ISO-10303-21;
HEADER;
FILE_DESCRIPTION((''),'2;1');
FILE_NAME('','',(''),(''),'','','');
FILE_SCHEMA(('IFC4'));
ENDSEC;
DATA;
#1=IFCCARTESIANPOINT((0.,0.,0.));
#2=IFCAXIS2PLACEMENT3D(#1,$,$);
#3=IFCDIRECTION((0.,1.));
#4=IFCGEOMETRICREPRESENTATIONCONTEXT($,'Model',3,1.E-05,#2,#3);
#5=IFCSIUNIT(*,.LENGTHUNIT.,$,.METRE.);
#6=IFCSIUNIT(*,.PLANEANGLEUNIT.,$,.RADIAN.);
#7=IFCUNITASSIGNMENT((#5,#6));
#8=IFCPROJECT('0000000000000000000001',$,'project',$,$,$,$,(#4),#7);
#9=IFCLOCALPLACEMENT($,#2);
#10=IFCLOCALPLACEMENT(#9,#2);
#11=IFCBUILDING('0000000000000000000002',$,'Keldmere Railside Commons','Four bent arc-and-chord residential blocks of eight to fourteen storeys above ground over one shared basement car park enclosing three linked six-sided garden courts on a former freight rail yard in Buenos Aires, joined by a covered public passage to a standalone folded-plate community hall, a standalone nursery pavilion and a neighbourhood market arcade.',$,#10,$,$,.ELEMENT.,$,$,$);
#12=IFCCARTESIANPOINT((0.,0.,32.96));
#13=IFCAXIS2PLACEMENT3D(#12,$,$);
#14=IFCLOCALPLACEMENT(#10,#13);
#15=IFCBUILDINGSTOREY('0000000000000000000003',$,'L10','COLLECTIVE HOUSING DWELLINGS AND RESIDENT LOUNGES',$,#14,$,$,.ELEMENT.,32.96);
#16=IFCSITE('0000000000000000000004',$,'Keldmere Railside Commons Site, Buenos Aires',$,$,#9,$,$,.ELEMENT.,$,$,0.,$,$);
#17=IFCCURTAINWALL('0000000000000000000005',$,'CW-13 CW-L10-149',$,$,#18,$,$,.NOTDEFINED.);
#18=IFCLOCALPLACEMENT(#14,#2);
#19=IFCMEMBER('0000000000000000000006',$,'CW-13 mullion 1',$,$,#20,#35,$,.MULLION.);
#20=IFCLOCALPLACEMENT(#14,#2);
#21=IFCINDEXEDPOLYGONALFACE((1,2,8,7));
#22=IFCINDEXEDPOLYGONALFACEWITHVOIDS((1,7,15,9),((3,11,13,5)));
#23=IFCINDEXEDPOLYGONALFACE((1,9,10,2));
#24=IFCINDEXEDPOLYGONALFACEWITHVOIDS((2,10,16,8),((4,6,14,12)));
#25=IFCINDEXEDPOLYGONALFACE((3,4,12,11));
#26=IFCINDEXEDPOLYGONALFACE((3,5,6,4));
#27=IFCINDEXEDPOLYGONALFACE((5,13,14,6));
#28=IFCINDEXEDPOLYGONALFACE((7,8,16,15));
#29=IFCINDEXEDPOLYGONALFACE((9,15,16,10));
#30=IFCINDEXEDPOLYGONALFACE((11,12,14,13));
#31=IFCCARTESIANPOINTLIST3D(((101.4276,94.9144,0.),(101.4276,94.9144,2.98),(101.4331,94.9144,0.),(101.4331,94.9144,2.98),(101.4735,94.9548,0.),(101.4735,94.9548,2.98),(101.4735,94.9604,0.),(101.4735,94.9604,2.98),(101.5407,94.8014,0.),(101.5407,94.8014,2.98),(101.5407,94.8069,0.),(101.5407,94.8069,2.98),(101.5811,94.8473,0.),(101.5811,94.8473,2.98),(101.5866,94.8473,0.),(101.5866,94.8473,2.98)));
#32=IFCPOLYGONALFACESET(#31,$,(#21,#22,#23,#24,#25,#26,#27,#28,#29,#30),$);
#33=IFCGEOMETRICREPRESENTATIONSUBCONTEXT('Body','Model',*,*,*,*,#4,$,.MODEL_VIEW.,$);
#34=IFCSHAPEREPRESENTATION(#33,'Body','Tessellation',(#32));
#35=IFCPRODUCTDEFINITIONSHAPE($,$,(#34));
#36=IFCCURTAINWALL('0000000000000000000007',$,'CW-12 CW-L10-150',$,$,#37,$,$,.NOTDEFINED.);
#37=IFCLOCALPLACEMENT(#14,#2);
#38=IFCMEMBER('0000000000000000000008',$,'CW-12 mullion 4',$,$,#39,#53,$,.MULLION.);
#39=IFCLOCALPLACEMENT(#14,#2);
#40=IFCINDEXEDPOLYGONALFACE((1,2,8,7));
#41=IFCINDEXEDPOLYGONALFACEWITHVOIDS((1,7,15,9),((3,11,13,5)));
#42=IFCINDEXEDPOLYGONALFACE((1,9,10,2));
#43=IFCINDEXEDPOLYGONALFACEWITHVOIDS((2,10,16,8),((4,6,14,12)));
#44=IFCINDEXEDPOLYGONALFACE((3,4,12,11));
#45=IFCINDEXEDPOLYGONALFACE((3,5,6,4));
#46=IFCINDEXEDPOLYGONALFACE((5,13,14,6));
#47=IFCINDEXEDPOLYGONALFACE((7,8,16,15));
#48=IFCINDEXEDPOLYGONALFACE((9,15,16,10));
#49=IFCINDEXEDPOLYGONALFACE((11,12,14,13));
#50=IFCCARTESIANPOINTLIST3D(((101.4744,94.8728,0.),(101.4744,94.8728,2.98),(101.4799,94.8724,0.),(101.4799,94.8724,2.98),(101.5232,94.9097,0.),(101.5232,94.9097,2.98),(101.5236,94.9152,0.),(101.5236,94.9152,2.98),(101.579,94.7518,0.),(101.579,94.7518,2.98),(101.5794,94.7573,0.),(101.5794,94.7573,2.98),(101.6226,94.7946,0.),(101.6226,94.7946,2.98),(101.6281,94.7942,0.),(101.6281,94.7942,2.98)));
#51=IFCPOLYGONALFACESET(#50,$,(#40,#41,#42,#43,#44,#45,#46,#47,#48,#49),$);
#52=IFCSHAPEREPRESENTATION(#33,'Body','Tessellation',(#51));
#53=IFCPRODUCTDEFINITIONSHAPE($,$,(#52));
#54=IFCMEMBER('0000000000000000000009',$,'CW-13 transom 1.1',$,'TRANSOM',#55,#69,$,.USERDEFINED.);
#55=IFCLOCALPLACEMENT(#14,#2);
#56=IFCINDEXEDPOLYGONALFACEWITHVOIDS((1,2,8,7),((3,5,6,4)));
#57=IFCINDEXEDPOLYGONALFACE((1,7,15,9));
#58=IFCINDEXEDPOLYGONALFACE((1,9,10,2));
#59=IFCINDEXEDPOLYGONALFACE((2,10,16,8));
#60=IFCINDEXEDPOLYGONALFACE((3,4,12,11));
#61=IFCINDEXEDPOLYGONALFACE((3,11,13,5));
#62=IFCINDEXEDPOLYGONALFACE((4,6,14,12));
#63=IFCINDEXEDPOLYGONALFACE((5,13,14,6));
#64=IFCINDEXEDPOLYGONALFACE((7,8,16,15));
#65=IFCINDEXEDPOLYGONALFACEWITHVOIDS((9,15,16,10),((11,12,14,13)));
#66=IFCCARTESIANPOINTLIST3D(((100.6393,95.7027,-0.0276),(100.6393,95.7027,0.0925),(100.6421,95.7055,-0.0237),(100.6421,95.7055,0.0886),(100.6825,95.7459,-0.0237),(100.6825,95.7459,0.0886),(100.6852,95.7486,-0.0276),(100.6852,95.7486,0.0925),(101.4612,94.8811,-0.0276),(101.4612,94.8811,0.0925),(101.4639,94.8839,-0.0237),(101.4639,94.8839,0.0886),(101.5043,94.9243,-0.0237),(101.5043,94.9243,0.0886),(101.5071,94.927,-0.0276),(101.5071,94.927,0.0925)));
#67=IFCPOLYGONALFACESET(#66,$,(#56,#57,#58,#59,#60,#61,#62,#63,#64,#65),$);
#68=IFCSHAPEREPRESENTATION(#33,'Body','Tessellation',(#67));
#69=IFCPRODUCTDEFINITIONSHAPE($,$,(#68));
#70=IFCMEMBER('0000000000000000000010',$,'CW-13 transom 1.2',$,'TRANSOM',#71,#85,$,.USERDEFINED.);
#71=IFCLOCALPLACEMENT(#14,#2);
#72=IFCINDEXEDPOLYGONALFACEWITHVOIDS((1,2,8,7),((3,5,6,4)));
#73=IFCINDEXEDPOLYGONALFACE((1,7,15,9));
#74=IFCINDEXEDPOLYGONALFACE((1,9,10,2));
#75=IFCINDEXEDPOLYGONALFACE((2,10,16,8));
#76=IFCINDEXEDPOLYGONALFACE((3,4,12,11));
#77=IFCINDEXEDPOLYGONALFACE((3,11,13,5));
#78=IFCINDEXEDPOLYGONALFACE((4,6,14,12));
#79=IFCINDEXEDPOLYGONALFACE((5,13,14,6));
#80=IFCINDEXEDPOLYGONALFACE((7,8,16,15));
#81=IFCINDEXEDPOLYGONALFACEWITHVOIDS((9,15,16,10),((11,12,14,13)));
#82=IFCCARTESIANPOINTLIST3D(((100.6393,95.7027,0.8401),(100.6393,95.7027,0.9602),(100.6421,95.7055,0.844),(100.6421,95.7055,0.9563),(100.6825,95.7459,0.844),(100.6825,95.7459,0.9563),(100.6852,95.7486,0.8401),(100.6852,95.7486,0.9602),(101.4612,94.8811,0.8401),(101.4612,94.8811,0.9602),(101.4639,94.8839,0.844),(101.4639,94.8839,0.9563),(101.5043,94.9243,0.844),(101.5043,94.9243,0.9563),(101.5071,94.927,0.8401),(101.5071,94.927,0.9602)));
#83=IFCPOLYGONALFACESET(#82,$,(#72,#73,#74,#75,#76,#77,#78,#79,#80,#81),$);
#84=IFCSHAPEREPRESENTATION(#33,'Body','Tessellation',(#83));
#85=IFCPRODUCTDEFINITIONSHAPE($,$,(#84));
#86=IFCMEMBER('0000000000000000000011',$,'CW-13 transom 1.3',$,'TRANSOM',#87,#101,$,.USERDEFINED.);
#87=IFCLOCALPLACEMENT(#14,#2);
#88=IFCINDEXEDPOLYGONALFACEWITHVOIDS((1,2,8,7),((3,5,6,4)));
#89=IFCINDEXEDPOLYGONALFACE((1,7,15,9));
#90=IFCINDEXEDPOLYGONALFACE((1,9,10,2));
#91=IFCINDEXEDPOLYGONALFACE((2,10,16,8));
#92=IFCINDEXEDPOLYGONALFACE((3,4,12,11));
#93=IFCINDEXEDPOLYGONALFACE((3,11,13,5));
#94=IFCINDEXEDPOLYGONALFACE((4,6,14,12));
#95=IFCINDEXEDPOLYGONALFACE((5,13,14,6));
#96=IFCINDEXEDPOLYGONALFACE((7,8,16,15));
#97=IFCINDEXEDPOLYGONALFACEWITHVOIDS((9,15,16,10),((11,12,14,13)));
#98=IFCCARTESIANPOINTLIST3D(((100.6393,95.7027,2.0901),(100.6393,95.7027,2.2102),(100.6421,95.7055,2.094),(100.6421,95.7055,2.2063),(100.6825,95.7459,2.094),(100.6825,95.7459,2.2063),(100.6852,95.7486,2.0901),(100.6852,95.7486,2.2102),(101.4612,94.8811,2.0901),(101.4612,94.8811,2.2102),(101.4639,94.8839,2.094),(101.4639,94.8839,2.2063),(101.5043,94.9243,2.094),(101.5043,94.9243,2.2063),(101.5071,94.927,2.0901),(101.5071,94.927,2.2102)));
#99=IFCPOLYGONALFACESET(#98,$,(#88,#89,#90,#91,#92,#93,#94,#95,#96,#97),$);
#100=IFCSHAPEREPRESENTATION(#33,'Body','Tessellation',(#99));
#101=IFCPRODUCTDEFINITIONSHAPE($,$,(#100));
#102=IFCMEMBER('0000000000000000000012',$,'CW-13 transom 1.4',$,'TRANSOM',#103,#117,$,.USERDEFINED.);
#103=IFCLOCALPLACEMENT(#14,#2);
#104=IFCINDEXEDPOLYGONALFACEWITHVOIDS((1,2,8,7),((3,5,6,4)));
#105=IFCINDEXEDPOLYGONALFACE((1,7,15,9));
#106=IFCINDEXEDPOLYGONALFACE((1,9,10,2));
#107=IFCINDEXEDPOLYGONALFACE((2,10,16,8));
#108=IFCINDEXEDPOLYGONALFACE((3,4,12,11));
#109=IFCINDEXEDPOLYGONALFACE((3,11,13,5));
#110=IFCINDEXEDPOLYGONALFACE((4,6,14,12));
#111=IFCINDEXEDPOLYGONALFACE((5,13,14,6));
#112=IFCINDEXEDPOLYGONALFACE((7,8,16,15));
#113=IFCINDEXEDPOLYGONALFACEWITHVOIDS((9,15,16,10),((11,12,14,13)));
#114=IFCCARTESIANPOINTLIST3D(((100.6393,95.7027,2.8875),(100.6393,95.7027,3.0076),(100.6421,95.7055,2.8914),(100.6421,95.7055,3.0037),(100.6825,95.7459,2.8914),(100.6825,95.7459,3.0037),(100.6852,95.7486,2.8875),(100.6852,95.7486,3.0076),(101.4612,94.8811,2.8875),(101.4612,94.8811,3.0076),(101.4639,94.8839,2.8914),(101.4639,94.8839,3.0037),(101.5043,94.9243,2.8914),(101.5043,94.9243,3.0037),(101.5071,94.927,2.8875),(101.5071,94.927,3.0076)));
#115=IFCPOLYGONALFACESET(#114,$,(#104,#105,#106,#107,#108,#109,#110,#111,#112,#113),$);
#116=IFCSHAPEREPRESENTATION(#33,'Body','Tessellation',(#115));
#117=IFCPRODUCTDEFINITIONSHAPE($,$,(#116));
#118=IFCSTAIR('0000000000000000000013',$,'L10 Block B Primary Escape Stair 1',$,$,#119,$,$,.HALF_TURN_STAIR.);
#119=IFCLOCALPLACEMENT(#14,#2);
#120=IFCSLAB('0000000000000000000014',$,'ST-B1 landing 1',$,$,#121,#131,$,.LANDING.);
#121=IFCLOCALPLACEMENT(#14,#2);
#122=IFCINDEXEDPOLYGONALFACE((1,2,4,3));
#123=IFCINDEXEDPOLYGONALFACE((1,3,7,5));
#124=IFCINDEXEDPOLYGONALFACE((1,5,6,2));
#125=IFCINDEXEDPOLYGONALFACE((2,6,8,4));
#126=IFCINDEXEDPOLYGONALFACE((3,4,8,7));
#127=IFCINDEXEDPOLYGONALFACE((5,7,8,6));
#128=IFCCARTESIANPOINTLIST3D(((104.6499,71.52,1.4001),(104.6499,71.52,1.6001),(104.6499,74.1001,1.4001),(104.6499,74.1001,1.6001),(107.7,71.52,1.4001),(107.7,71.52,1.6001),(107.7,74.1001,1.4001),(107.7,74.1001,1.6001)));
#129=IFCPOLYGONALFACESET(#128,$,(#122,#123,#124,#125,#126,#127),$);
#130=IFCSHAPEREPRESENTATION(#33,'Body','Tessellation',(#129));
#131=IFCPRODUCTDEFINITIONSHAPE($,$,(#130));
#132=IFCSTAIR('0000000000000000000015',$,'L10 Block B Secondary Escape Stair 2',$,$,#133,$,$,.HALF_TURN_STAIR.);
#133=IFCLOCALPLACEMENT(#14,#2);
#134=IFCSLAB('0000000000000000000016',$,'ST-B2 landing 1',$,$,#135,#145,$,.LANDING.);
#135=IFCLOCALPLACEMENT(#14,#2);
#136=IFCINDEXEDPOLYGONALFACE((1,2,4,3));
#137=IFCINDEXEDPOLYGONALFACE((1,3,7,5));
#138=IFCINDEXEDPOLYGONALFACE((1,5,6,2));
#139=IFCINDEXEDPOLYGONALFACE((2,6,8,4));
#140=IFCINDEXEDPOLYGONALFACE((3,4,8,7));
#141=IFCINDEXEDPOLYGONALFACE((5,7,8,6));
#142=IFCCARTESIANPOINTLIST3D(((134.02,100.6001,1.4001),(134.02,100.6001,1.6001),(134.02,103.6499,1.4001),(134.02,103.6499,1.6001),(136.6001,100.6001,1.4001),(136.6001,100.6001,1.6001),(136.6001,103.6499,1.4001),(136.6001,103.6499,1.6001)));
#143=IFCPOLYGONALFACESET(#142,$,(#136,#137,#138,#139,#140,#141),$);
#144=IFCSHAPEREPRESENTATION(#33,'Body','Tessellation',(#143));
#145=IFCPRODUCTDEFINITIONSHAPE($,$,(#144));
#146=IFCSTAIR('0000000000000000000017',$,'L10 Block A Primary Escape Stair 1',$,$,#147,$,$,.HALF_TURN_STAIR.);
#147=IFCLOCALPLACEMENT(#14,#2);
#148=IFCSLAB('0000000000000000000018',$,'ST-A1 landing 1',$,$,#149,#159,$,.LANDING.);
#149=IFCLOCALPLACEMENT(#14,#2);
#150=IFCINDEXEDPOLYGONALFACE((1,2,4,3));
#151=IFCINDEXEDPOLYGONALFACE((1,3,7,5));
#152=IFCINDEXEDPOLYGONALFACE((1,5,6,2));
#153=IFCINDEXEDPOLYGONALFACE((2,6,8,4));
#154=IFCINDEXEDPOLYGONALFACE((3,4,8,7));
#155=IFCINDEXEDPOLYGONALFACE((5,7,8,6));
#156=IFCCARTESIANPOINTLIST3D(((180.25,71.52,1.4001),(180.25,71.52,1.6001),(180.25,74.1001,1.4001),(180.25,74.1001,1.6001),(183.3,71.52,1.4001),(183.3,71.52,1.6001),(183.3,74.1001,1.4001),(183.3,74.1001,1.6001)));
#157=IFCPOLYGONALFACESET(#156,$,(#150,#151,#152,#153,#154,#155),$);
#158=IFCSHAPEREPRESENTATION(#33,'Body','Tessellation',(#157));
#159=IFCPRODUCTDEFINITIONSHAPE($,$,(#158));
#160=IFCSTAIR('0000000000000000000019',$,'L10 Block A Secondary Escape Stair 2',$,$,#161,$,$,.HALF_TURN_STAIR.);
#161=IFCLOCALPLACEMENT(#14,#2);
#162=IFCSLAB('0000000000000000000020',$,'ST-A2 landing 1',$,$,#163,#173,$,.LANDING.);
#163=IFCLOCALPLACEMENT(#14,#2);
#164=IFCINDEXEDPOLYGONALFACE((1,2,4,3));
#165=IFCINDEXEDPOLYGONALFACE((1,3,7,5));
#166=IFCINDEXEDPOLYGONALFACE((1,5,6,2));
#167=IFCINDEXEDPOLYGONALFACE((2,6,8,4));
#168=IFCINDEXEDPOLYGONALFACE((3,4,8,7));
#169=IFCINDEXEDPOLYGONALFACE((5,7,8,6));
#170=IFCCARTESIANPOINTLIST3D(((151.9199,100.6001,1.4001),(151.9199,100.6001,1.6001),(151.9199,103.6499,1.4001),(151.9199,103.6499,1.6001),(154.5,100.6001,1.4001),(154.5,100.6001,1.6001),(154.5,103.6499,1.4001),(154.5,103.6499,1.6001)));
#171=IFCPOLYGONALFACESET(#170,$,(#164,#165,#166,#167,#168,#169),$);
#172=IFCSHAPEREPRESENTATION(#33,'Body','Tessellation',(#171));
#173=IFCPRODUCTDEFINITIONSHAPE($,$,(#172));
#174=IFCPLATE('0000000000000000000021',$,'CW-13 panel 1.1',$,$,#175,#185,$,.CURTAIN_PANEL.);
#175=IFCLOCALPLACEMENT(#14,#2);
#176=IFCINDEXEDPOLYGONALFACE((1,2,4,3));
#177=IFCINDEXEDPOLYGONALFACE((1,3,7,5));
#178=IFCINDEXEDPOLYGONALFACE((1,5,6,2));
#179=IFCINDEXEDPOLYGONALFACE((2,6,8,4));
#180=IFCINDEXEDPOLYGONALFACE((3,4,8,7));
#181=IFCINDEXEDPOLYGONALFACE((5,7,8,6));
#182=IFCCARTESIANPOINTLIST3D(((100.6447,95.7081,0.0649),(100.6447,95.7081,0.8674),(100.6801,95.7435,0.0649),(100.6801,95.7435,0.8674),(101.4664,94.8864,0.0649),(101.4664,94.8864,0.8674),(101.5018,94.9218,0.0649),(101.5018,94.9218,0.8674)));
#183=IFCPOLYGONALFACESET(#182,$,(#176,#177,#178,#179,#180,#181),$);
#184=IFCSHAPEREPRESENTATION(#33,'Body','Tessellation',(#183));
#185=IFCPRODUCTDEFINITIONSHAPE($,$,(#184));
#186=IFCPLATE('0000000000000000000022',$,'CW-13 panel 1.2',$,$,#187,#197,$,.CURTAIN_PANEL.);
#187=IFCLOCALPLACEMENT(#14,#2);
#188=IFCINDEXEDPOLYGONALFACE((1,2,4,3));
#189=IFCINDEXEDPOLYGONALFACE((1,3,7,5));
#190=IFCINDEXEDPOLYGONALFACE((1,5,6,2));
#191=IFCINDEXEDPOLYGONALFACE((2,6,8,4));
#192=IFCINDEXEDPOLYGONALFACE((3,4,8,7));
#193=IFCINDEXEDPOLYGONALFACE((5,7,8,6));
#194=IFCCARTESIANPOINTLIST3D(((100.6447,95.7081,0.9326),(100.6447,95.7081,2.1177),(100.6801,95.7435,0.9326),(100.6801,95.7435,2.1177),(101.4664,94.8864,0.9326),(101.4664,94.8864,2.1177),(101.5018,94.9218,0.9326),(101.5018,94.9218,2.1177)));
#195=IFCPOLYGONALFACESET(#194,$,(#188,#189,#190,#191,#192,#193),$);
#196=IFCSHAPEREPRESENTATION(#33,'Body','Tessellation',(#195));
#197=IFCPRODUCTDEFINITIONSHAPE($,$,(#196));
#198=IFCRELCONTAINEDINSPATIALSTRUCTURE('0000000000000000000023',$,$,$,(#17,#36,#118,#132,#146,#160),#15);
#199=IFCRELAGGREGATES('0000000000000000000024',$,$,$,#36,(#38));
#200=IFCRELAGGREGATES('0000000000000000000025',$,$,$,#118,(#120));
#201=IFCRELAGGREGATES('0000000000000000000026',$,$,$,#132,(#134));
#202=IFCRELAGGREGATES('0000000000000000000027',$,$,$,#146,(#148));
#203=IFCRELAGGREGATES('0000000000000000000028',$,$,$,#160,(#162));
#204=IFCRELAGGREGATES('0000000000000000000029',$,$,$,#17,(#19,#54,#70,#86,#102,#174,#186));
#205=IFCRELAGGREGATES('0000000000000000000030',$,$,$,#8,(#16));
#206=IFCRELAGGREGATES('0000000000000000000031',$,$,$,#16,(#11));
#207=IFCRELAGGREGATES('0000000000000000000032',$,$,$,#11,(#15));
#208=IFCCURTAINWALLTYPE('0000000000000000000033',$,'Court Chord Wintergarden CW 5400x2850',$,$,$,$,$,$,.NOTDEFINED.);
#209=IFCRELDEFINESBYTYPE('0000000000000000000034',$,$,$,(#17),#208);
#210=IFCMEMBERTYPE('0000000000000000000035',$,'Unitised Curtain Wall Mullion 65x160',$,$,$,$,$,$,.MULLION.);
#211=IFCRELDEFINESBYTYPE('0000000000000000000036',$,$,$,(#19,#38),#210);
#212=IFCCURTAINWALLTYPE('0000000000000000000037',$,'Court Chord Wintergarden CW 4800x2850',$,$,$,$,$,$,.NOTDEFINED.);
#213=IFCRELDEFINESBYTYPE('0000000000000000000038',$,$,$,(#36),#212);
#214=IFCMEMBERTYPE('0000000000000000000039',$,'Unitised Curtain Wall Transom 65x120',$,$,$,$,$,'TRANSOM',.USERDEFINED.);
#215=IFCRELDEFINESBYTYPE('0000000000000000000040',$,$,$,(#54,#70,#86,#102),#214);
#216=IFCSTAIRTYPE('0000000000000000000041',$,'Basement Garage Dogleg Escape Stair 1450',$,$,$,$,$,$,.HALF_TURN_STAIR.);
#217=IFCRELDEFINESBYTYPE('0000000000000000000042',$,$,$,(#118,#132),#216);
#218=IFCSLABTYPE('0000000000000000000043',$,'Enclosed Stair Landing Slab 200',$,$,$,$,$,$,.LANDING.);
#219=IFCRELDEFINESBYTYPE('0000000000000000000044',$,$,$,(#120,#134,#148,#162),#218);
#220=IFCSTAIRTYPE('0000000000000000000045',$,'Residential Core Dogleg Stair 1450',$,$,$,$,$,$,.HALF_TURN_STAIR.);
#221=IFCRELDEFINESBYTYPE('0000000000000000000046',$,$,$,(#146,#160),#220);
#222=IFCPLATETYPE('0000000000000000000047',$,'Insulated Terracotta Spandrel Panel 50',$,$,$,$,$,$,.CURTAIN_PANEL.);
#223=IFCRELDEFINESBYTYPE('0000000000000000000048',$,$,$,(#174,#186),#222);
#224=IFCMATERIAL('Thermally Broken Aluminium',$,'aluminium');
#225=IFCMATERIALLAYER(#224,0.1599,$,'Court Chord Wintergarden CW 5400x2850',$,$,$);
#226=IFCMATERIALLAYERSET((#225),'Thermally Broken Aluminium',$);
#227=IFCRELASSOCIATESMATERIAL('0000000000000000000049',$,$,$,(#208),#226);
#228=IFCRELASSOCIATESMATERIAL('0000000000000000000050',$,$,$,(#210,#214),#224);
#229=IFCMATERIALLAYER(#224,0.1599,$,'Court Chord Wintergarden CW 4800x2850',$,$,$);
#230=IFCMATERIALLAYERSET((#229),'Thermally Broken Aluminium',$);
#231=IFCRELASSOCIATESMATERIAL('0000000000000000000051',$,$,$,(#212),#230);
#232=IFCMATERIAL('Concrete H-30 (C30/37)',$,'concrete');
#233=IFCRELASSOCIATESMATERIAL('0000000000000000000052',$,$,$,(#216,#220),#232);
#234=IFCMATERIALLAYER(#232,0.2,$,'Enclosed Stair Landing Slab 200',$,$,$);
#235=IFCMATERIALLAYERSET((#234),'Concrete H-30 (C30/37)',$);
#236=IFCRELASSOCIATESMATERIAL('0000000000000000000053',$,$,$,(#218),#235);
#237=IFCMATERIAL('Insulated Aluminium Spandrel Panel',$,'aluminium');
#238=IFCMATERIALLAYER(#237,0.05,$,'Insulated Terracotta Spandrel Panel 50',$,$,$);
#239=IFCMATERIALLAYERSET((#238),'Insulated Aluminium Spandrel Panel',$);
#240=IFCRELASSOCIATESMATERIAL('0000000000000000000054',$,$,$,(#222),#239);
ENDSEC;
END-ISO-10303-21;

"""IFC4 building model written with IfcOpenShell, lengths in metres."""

from ifc_helpers import new_model, si_unit, direction, frame, origin, origin_2d, place, context, subcontext, project, spatial, polyline, rectangle, hollow_rectangle, outline, extrude, material, layer, layer_set, material_profile, profile_set, type_object, element, aggregate, save


model = new_model("IFC4")

# Units and contexts
model_context = context("Model", 3, precision=1e-05, world=origin(), true_north=direction((0.0, 1.0)))
body_context = subcontext(model_context, "Body", "Model", "MODEL_VIEW")
ifc_project = project(units=[si_unit("LENGTHUNIT", "METRE"), si_unit("PLANEANGLEUNIT", "RADIAN")], contexts=[model_context])

# Site, building, storey
site_placement = place(None, origin())
site = spatial("IfcSite", under=ifc_project, at=site_placement, Name="Keldmere Railside Commons Site, Buenos Aires", CompositionType="ELEMENT", RefElevation=0.0)
building_placement = place(site_placement, origin())
building = spatial("IfcBuilding", under=site, at=building_placement, Name="Keldmere Railside Commons", Description="Four bent arc-and-chord residential blocks of eight to fourteen storeys above ground over one shared basement car park enclosing three linked six-sided garden courts on a former freight rail yard in Buenos Aires, joined by a covered public passage to a standalone folded-plate community hall, a standalone nursery pavilion and a neighbourhood market arcade.", CompositionType="ELEMENT")
storey_placement = place(building_placement, frame((0.0, 0.0, 32.96)))
storey = spatial("IfcBuildingStorey", under=building, at=storey_placement, Name="L10", Description="COLLECTIVE HOUSING DWELLINGS AND RESIDENT LOUNGES", CompositionType="ELEMENT", Elevation=32.96)

# Curtain walls, members
ifc_material_1 = material(Name="Thermally Broken Aluminium", Category="aluminium")
ifc_layer_1 = layer(ifc_material_1, 0.1599, Name="Court Chord Wintergarden CW 5400x2850")
ifc_layer_set_1 = layer_set([ifc_layer_1], Name="Thermally Broken Aluminium")
curtain_wall_type_1 = type_object("IfcCurtainWallType", Name="Court Chord Wintergarden CW 5400x2850", PredefinedType="NOTDEFINED", material=ifc_layer_set_1)
curtain_wall_1_placement = place(storey_placement, origin())
curtain_wall_1 = element("IfcCurtainWall", 1, at=curtain_wall_1_placement, inside=storey, type_object=curtain_wall_type_1, Name="CW-13 CW-L10-149", PredefinedType="NOTDEFINED")
ifc_material_profile_1 = material_profile(ifc_material_1, hollow_rectangle(XDim=0.0649, YDim=0.1599, WallThickness=0.0039, at=origin_2d()), Name="ALU-MULL-65x160")
ifc_profile_set_1 = profile_set([ifc_material_profile_1], Name="Thermally Broken Aluminium")
member_type_1 = type_object("IfcMemberType", Name="Unitised Curtain Wall Mullion 65x160", PredefinedType="MULLION", material=ifc_profile_set_1)
member_1_placement = place(storey_placement, frame((101.5071, 94.8809, 0.0), z_axis=(0.0, 0.0, 1.0), x_axis=(-0.707107, -0.707107, 0.0)))
member_1 = element("IfcMember", 2, at=member_1_placement, type_object=member_type_1, Name="CW-13 mullion 1", PredefinedType="MULLION", context=body_context, shape_type="SweptSolid", body=[
    extrude(hollow_rectangle(XDim=0.0649, YDim=0.1599, WallThickness=0.0039, at=origin_2d()), origin(), (0.0, 0.0, 1.0), 2.98),
])
ifc_layer_2 = layer(ifc_material_1, 0.1599, Name="Court Chord Wintergarden CW 4800x2850")
ifc_layer_set_2 = layer_set([ifc_layer_2], Name="Thermally Broken Aluminium")
curtain_wall_type_2 = type_object("IfcCurtainWallType", Name="Court Chord Wintergarden CW 4800x2850", PredefinedType="NOTDEFINED", material=ifc_layer_set_2)
curtain_wall_2_placement = place(storey_placement, origin())
curtain_wall_2 = element("IfcCurtainWall", 3, at=curtain_wall_2_placement, inside=storey, type_object=curtain_wall_type_2, Name="CW-12 CW-L10-150", PredefinedType="NOTDEFINED")
member_2_placement = place(storey_placement, frame((101.5513, 94.8335, 0.0), z_axis=(0.0, 0.0, 1.0), x_axis=(-0.756597, -0.653882, 0.0)))
member_2 = element("IfcMember", 4, at=member_2_placement, type_object=member_type_1, Name="CW-12 mullion 4", PredefinedType="MULLION", context=body_context, shape_type="SweptSolid", body=[
    extrude(hollow_rectangle(XDim=0.0649, YDim=0.1599, WallThickness=0.0039, at=origin_2d()), origin(), (0.0, 0.0, 1.0), 2.98),
])
aggregate(curtain_wall_2, [member_2])

# Members
ifc_material_profile_2 = material_profile(ifc_material_1, hollow_rectangle(XDim=0.0649, YDim=0.1201, WallThickness=0.0039, at=origin_2d()), Name="ALU-TRAN-65x120")
ifc_profile_set_2 = profile_set([ifc_material_profile_2], Name="Thermally Broken Aluminium")
member_type_2 = type_object("IfcMemberType", Name="Unitised Curtain Wall Transom 65x120", ElementType="TRANSOM", PredefinedType="USERDEFINED", material=ifc_profile_set_2)
member_3_placement = place(storey_placement, frame((101.4841, 94.9041, 0.0325), z_axis=(-0.707212, 0.707002, 0.0), x_axis=(-0.707002, -0.707212, 0.0)))
member_3 = element("IfcMember", 5, at=member_3_placement, type_object=member_type_2, Name="CW-13 transom 1.1", ObjectType="TRANSOM", PredefinedType="USERDEFINED", context=body_context, shape_type="SweptSolid", body=[
    extrude(hollow_rectangle(XDim=0.0649, YDim=0.1201, WallThickness=0.0039, at=origin_2d()), origin(), (0.0, 0.0, 1.0), 1.1621),
])
member_4_placement = place(storey_placement, frame((101.4841, 94.9041, 0.9001), z_axis=(-0.707212, 0.707002, 0.0), x_axis=(-0.707002, -0.707212, 0.0)))
member_4 = element("IfcMember", 6, at=member_4_placement, type_object=member_type_2, Name="CW-13 transom 1.2", ObjectType="TRANSOM", PredefinedType="USERDEFINED", context=body_context, shape_type="SweptSolid", body=[
    extrude(hollow_rectangle(XDim=0.0649, YDim=0.1201, WallThickness=0.0039, at=origin_2d()), origin(), (0.0, 0.0, 1.0), 1.1621),
])
member_5_placement = place(storey_placement, frame((101.4841, 94.9041, 2.1501), z_axis=(-0.707212, 0.707002, 0.0), x_axis=(-0.707002, -0.707212, 0.0)))
member_5 = element("IfcMember", 7, at=member_5_placement, type_object=member_type_2, Name="CW-13 transom 1.3", ObjectType="TRANSOM", PredefinedType="USERDEFINED", context=body_context, shape_type="SweptSolid", body=[
    extrude(hollow_rectangle(XDim=0.0649, YDim=0.1201, WallThickness=0.0039, at=origin_2d()), origin(), (0.0, 0.0, 1.0), 1.1621),
])
member_6_placement = place(storey_placement, frame((101.4841, 94.9041, 2.9475), z_axis=(-0.707212, 0.707002, 0.0), x_axis=(-0.707002, -0.707212, 0.0)))
member_6 = element("IfcMember", 8, at=member_6_placement, type_object=member_type_2, Name="CW-13 transom 1.4", ObjectType="TRANSOM", PredefinedType="USERDEFINED", context=body_context, shape_type="SweptSolid", body=[
    extrude(hollow_rectangle(XDim=0.0649, YDim=0.1201, WallThickness=0.0039, at=origin_2d()), origin(), (0.0, 0.0, 1.0), 1.1621),
])

# Stairs, slabs
ifc_material_2 = material(Name="Concrete H-30 (C30/37)", Category="concrete")
stair_type_1 = type_object("IfcStairType", Name="Basement Garage Dogleg Escape Stair 1450", PredefinedType="HALF_TURN_STAIR", material=ifc_material_2)
stair_1_placement = place(storey_placement, origin())
stair_1 = element("IfcStair", 9, at=stair_1_placement, inside=storey, type_object=stair_type_1, Name="L10 Block B Primary Escape Stair 1", PredefinedType="HALF_TURN_STAIR")
ifc_layer_3 = layer(ifc_material_2, 0.2, Name="Enclosed Stair Landing Slab 200")
ifc_layer_set_3 = layer_set([ifc_layer_3], Name="Concrete H-30 (C30/37)")
slab_type = type_object("IfcSlabType", Name="Enclosed Stair Landing Slab 200", PredefinedType="LANDING", material=ifc_layer_set_3)
slab_1_placement = place(storey_placement, frame((0.0, 0.0, 1.4001)))
slab_1 = element("IfcSlab", 10, at=slab_1_placement, type_object=slab_type, Name="ST-B1 landing 1", PredefinedType="LANDING", context=body_context, shape_type="SweptSolid", body=[
    extrude(outline(polyline([(107.7, 71.52), (107.7, 74.1001), (104.6499, 74.1001), (104.6499, 71.52), (107.7, 71.52)])), origin(), (0.0, 0.0, 1.0), 0.2),
])
aggregate(stair_1, [slab_1])
stair_2_placement = place(storey_placement, origin())
stair_2 = element("IfcStair", 11, at=stair_2_placement, inside=storey, type_object=stair_type_1, Name="L10 Block B Secondary Escape Stair 2", PredefinedType="HALF_TURN_STAIR")
slab_2_placement = place(storey_placement, frame((0.0, 0.0, 1.4001)))
slab_2 = element("IfcSlab", 12, at=slab_2_placement, type_object=slab_type, Name="ST-B2 landing 1", PredefinedType="LANDING", context=body_context, shape_type="SweptSolid", body=[
    extrude(outline(polyline([(134.02, 100.6001), (136.6001, 100.6001), (136.6001, 103.6499), (134.02, 103.6499), (134.02, 100.6001)])), origin(), (0.0, 0.0, 1.0), 0.2),
])
aggregate(stair_2, [slab_2])
stair_type_2 = type_object("IfcStairType", Name="Residential Core Dogleg Stair 1450", PredefinedType="HALF_TURN_STAIR", material=ifc_material_2)
stair_3_placement = place(storey_placement, origin())
stair_3 = element("IfcStair", 13, at=stair_3_placement, inside=storey, type_object=stair_type_2, Name="L10 Block A Primary Escape Stair 1", PredefinedType="HALF_TURN_STAIR")
slab_3_placement = place(storey_placement, frame((0.0, 0.0, 1.4001)))
slab_3 = element("IfcSlab", 14, at=slab_3_placement, type_object=slab_type, Name="ST-A1 landing 1", PredefinedType="LANDING", context=body_context, shape_type="SweptSolid", body=[
    extrude(outline(polyline([(183.3, 71.52), (183.3, 74.1001), (180.25, 74.1001), (180.25, 71.52), (183.3, 71.52)])), origin(), (0.0, 0.0, 1.0), 0.2),
])
aggregate(stair_3, [slab_3])
stair_4_placement = place(storey_placement, origin())
stair_4 = element("IfcStair", 15, at=stair_4_placement, inside=storey, type_object=stair_type_2, Name="L10 Block A Secondary Escape Stair 2", PredefinedType="HALF_TURN_STAIR")
slab_4_placement = place(storey_placement, frame((0.0, 0.0, 1.4001)))
slab_4 = element("IfcSlab", 16, at=slab_4_placement, type_object=slab_type, Name="ST-A2 landing 1", PredefinedType="LANDING", context=body_context, shape_type="SweptSolid", body=[
    extrude(outline(polyline([(151.9199, 100.6001), (154.5, 100.6001), (154.5, 103.6499), (151.9199, 103.6499), (151.9199, 100.6001)])), origin(), (0.0, 0.0, 1.0), 0.2),
])
aggregate(stair_4, [slab_4])

# Plates
ifc_material_3 = material(Name="Insulated Aluminium Spandrel Panel", Category="aluminium")
ifc_layer_4 = layer(ifc_material_3, 0.05, Name="Insulated Terracotta Spandrel Panel 50")
ifc_layer_set_4 = layer_set([ifc_layer_4], Name="Insulated Aluminium Spandrel Panel")
plate_type = type_object("IfcPlateType", Name="Insulated Terracotta Spandrel Panel 50", PredefinedType="CURTAIN_PANEL", material=ifc_layer_set_4)
plate_1_placement = place(storey_placement, frame((101.0732, 95.3149, 0.0649), z_axis=(0.0, 0.0, 1.0), x_axis=(-0.707107, 0.707107, 0.0)))
plate_1 = element("IfcPlate", 17, at=plate_1_placement, type_object=plate_type, Name="CW-13 panel 1.1", PredefinedType="CURTAIN_PANEL", context=body_context, shape_type="SweptSolid", body=[
    extrude(rectangle(XDim=1.1621, YDim=0.05, at=origin_2d()), origin(), (0.0, 0.0, 1.0), 0.8025),
])
plate_2_placement = place(storey_placement, frame((101.0732, 95.3149, 0.9326), z_axis=(0.0, 0.0, 1.0), x_axis=(-0.707107, 0.707107, 0.0)))
plate_2 = element("IfcPlate", 18, at=plate_2_placement, type_object=plate_type, Name="CW-13 panel 1.2", PredefinedType="CURTAIN_PANEL", context=body_context, shape_type="SweptSolid", body=[
    extrude(rectangle(XDim=1.1621, YDim=0.05, at=origin_2d()), origin(), (0.0, 0.0, 1.0), 1.1851),
])
aggregate(curtain_wall_1, [member_1, member_3, member_4, member_5, member_6, plate_1, plate_2])

save(model, "model.ifc")
